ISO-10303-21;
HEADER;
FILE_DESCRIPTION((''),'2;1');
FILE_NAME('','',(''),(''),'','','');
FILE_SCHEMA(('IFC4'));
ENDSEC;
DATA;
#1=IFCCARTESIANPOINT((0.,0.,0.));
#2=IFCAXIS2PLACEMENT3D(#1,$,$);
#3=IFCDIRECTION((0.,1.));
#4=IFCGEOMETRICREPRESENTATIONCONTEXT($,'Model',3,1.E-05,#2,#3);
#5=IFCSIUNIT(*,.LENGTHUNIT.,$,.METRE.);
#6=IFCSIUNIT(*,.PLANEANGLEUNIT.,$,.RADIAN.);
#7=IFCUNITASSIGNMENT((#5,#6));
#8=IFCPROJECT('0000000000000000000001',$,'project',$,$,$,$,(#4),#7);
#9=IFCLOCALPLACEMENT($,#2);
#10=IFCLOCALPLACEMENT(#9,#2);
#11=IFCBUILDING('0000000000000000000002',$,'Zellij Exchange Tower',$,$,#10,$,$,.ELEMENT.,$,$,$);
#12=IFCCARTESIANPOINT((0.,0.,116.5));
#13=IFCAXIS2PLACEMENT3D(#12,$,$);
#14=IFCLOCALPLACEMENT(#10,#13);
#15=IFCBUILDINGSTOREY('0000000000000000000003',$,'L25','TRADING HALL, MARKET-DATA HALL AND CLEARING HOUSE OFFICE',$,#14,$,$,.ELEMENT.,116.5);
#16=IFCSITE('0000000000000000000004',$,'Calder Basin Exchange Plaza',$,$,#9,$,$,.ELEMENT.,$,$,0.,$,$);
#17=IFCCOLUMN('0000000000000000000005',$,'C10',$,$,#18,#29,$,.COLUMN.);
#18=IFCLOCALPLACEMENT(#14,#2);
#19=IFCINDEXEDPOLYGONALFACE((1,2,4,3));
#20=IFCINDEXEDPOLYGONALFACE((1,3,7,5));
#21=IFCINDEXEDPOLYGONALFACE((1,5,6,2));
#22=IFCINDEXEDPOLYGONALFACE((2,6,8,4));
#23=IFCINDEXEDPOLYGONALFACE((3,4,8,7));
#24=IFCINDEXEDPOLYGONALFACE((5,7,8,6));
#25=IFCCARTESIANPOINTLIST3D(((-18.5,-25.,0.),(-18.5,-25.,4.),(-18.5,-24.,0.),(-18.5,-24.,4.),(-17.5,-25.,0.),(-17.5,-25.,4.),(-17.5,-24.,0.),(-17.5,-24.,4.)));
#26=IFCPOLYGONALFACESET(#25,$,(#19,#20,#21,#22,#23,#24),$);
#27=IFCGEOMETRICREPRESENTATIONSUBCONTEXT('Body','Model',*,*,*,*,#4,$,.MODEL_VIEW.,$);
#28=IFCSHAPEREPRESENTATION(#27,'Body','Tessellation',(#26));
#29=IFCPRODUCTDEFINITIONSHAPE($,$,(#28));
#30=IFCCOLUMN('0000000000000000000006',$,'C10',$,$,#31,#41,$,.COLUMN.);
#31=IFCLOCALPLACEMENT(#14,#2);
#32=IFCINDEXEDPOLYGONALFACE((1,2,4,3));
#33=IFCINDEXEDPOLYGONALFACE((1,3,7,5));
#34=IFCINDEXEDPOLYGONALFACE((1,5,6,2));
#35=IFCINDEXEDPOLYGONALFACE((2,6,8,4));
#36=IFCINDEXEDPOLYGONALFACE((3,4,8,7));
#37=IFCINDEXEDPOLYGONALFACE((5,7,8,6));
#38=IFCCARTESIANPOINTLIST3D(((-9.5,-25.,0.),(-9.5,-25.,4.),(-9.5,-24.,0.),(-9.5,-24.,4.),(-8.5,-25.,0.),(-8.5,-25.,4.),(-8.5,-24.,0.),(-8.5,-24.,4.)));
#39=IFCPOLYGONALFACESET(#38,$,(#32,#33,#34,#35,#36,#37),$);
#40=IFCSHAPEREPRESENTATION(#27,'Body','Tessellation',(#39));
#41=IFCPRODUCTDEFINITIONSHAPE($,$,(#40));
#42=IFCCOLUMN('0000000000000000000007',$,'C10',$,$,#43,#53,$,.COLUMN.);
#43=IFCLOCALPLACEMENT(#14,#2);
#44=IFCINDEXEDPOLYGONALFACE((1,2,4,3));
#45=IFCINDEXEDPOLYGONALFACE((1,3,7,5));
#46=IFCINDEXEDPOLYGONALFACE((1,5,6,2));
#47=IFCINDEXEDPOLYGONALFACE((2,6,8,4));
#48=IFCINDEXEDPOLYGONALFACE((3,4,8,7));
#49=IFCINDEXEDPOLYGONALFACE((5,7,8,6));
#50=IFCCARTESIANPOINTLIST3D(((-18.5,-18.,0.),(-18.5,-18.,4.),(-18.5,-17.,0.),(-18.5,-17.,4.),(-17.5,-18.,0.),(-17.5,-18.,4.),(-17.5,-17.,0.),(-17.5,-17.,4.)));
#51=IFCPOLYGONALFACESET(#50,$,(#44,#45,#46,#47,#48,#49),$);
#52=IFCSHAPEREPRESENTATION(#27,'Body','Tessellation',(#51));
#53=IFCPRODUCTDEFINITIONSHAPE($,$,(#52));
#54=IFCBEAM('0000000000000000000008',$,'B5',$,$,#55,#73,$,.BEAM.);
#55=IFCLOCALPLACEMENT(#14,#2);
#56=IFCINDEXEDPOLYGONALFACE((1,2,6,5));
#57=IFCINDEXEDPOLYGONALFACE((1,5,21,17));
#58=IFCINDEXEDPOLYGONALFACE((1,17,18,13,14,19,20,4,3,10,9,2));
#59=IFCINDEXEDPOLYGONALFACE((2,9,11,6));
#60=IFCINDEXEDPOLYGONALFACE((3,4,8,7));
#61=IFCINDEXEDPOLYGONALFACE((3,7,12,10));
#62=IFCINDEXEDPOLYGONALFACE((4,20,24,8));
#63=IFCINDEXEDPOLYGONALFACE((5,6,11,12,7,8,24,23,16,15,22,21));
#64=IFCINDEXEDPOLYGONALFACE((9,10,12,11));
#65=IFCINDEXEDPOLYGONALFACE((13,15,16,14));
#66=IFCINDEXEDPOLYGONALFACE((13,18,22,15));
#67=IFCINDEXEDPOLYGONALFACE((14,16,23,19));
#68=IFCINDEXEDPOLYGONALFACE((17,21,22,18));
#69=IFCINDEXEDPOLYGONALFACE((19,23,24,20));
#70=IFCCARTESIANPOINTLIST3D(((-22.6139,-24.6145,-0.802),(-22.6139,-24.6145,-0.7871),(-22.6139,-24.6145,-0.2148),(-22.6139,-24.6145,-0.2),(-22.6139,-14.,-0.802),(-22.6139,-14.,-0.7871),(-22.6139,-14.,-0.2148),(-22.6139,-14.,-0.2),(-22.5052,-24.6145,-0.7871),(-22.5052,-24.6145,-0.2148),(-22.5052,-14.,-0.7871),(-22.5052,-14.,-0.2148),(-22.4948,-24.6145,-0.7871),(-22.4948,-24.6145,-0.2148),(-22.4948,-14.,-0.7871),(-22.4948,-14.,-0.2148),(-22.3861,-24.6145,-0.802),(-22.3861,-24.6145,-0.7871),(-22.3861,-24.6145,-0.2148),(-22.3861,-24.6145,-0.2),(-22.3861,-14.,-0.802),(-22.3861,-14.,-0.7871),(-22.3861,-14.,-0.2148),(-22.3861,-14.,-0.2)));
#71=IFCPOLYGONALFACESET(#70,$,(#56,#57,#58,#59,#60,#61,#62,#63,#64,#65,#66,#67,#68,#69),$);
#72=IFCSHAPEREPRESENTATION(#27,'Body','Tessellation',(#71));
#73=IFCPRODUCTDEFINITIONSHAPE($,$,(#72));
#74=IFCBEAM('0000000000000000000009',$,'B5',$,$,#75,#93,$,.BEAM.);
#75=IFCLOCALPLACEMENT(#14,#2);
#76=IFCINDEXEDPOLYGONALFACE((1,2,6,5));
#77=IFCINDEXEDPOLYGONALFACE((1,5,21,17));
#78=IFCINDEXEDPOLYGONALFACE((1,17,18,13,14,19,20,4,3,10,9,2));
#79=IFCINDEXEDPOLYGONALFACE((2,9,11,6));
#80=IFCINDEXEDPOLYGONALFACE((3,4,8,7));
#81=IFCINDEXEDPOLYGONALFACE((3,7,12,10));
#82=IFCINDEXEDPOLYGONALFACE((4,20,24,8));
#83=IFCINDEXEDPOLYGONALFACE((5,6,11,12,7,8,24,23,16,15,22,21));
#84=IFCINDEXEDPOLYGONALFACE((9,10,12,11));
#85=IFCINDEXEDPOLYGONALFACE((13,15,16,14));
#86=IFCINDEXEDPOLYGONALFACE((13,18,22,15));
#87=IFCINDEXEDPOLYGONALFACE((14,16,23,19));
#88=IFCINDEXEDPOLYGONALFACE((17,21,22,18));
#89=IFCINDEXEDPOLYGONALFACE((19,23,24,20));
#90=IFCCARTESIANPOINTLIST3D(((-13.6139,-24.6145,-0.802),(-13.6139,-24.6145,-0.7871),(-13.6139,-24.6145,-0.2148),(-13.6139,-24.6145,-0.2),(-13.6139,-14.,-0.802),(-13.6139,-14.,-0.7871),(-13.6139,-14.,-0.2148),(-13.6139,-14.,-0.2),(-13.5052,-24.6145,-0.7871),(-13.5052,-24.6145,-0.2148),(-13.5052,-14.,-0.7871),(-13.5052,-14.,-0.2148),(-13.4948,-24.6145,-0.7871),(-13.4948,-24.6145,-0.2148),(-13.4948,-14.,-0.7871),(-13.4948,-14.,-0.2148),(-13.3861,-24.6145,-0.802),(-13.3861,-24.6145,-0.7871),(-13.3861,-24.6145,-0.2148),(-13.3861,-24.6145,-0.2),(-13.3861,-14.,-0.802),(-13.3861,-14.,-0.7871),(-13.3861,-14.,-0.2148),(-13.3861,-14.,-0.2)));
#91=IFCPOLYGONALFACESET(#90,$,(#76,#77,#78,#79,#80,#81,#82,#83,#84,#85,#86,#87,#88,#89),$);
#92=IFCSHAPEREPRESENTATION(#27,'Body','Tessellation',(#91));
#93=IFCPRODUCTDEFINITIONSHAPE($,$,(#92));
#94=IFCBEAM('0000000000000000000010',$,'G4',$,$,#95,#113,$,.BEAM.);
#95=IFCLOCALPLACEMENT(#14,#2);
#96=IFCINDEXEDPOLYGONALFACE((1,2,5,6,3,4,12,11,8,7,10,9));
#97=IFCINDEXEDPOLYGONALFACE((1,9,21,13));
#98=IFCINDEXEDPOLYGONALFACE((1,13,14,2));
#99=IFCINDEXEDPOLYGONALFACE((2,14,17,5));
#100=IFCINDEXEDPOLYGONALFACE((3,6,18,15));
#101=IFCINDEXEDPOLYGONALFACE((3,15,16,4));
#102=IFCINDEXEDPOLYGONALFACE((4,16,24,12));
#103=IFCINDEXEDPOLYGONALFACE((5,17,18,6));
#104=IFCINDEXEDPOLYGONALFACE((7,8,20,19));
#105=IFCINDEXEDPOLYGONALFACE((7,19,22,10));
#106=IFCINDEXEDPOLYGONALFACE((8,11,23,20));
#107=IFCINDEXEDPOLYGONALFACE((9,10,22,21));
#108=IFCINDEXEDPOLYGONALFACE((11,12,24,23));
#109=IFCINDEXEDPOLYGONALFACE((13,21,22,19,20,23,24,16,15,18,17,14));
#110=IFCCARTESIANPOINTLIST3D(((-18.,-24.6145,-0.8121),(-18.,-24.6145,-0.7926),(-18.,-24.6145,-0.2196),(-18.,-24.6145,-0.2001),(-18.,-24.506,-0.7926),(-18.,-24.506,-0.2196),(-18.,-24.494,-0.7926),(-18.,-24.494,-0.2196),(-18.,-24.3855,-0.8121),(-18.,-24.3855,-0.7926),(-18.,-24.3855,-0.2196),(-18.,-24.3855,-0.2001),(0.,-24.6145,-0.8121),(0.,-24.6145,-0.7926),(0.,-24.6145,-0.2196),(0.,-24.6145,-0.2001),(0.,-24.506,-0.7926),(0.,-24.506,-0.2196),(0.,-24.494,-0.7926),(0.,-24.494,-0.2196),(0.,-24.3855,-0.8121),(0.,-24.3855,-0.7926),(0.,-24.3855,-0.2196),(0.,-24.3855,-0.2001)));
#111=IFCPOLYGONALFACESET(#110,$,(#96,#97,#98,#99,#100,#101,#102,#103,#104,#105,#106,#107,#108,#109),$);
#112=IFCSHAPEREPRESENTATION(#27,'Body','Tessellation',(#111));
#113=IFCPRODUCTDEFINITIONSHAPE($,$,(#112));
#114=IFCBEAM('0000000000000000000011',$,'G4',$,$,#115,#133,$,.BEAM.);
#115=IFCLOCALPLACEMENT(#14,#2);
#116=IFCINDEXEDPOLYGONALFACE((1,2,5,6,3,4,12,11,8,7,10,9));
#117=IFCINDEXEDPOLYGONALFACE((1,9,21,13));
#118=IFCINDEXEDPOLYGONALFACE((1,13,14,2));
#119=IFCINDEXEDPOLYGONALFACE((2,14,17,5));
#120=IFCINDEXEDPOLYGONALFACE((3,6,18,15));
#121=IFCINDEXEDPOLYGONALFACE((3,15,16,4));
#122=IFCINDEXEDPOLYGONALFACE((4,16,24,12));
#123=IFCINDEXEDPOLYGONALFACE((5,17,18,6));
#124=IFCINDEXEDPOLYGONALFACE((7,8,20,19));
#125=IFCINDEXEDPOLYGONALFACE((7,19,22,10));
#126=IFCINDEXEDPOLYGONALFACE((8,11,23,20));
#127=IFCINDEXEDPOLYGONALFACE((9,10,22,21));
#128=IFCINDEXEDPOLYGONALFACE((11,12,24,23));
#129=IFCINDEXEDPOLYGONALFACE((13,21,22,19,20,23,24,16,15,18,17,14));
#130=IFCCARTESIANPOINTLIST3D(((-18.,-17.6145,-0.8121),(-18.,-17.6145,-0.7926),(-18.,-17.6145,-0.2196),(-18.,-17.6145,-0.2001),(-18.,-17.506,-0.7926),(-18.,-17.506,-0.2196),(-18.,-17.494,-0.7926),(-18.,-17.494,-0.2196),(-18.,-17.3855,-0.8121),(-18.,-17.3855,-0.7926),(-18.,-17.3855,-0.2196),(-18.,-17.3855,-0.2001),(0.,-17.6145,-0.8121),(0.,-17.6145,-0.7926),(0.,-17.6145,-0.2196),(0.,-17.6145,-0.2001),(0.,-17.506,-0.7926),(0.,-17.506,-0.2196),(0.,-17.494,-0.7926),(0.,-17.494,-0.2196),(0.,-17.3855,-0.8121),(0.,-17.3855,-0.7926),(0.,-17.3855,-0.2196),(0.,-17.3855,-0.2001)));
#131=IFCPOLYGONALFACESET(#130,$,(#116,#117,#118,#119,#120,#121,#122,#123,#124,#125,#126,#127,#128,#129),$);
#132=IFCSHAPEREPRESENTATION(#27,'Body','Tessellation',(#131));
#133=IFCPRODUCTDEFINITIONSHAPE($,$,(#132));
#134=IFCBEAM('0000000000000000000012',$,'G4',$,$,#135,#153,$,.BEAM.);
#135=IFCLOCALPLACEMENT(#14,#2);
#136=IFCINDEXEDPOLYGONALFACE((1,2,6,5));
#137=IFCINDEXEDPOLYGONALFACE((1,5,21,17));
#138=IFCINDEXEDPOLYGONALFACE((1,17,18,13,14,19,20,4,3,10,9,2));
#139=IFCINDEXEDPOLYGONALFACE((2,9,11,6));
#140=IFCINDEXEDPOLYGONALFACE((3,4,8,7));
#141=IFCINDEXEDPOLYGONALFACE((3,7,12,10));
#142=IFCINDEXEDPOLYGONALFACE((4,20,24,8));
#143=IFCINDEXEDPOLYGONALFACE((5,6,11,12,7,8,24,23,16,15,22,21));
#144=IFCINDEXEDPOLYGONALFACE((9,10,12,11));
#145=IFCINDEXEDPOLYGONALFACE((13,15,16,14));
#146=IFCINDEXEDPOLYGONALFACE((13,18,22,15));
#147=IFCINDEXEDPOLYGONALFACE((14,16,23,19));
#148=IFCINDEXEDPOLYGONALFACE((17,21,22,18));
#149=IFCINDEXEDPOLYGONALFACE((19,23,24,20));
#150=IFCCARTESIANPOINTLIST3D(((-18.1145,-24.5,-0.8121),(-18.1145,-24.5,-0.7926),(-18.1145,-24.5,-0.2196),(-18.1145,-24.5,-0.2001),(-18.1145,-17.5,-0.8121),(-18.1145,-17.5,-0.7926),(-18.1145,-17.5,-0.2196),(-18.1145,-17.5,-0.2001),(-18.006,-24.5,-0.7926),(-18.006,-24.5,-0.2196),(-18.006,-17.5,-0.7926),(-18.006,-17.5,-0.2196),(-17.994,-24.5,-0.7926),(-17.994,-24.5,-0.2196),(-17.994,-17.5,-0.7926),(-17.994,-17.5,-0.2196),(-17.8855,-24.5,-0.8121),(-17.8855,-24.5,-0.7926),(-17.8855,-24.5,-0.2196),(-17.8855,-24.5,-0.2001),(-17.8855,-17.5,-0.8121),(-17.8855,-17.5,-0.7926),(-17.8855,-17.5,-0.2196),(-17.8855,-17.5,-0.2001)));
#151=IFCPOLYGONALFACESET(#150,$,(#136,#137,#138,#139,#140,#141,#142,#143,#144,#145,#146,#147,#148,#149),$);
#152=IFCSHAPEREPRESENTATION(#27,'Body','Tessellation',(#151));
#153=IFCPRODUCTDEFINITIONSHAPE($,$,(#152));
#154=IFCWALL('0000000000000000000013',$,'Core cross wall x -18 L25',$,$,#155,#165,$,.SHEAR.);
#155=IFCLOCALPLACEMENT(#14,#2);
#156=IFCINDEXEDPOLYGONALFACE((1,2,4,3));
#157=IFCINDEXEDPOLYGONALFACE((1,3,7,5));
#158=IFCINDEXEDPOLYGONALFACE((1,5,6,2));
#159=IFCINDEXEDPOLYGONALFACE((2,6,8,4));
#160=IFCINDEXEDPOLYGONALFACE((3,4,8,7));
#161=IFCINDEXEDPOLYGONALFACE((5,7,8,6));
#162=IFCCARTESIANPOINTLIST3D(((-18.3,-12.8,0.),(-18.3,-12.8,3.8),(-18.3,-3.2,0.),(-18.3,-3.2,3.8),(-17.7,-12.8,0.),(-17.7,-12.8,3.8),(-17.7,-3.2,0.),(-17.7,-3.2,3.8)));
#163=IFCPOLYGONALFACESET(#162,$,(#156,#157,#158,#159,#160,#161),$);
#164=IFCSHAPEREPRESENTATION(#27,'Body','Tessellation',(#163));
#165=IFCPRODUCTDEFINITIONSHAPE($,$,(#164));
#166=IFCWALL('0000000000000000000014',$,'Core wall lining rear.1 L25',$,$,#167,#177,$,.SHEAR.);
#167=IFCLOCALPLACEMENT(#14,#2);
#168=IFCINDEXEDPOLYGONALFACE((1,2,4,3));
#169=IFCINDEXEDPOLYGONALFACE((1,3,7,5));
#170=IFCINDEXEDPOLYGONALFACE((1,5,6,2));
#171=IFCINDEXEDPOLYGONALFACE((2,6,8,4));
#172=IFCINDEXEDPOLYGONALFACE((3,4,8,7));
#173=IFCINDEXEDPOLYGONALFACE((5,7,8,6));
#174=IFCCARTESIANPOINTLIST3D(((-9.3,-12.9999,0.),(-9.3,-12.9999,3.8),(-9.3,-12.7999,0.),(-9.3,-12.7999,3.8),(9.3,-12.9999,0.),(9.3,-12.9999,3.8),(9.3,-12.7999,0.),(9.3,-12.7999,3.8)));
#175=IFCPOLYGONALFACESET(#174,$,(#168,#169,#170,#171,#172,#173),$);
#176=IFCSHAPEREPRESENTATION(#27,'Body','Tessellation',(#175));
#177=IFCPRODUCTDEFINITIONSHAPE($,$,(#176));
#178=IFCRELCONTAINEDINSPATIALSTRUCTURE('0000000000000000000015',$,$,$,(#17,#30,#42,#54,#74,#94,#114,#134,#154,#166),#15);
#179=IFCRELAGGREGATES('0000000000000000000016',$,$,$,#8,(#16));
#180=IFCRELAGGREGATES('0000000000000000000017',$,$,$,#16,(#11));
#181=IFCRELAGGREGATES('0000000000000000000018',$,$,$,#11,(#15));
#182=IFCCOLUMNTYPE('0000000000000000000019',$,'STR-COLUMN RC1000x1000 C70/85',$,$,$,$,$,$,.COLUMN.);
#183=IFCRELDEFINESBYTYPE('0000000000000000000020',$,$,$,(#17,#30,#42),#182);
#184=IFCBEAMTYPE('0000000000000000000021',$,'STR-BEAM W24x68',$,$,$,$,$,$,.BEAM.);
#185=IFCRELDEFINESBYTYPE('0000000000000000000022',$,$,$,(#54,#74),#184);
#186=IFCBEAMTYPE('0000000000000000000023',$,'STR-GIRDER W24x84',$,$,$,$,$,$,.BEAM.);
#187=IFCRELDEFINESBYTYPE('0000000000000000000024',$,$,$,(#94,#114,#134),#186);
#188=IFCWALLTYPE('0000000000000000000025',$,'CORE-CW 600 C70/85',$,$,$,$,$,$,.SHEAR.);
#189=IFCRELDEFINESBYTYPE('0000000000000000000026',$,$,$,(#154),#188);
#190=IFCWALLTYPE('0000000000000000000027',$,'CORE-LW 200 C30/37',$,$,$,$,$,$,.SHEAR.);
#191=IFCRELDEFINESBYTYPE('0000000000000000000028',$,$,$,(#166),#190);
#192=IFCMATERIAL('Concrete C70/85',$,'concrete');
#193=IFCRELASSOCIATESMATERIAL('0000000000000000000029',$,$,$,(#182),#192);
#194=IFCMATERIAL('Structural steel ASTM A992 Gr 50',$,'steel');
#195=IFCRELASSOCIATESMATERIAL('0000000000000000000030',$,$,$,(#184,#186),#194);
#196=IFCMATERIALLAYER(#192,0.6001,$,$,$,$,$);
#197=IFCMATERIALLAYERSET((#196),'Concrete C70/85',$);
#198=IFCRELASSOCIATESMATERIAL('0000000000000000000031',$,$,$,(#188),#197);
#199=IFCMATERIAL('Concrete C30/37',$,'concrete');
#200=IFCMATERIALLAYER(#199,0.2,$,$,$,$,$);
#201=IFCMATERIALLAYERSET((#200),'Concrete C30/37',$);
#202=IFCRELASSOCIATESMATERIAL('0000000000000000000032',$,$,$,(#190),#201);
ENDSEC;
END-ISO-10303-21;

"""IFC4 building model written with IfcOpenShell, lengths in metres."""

from ifc_helpers import new_model, si_unit, direction, frame, frame_2d, origin, origin_2d, place, context, subcontext, project, spatial, rectangle, i_section, extrude, material, layer, layer_set, material_profile, profile_set, type_object, element, save


model = new_model("IFC4")

# Units and contexts
model_context = context("Model", 3, precision=1e-05, world=origin(), true_north=direction((0.0, 1.0)))
body_context = subcontext(model_context, "Body", "Model", "MODEL_VIEW")
ifc_project = project(units=[si_unit("LENGTHUNIT", "METRE"), si_unit("PLANEANGLEUNIT", "RADIAN")], contexts=[model_context])

# Site, building, storey
site_placement = place(None, origin())
site = spatial("IfcSite", under=ifc_project, at=site_placement, Name="Calder Basin Exchange Plaza", CompositionType="ELEMENT", RefElevation=0.0)
building_placement = place(site_placement, origin())
building = spatial("IfcBuilding", under=site, at=building_placement, Name="Zellij Exchange Tower", CompositionType="ELEMENT")
storey_placement = place(building_placement, frame((0.0, 0.0, 116.5)))
storey = spatial("IfcBuildingStorey", under=building, at=storey_placement, Name="L25", Description="TRADING HALL, MARKET-DATA HALL AND CLEARING HOUSE OFFICE", CompositionType="ELEMENT", Elevation=116.5)

# Columns
ifc_material_1 = material(Name="Concrete C70/85", Category="concrete")
ifc_material_profile_1 = material_profile(ifc_material_1, rectangle(XDim=1.0, YDim=1.0, at=origin_2d()), Name="STR-COLUMN RC1000x1000 C70/85")
ifc_profile_set_1 = profile_set([ifc_material_profile_1], Name="Concrete C70/85")
column_type = type_object("IfcColumnType", Name="STR-COLUMN RC1000x1000 C70/85", PredefinedType="COLUMN", material=ifc_profile_set_1)
for number, where, z_axis, x_axis, name in (
    (1, (-18.0, -24.5, 0.0), (0.0, 0.0, 1.0), (1.0, 0.0, 0.0), "C10"),
    (2, (-9.0, -24.5, 0.0), (0.0, 0.0, 1.0), (1.0, 0.0, 0.0), "C10"),
    (3, (-18.0, -17.5, 0.0), (0.0, 0.0, 1.0), (1.0, 0.0, 0.0), "C10"),
):
    element("IfcColumn", number, at=place(storey_placement, frame(where, z_axis=z_axis, x_axis=x_axis)), inside=storey, type_object=column_type, Name=name, PredefinedType="COLUMN", context=body_context, shape_type="SweptSolid", body=[
        extrude(rectangle(XDim=1.0, YDim=1.0, at=origin_2d()), origin(), (0.0, 0.0, 1.0), 4.0),
    ])

# Beams
ifc_material_2 = material(Name="Structural steel ASTM A992 Gr 50", Category="steel")
ifc_material_profile_2 = material_profile(ifc_material_2, i_section(OverallWidth=0.2278, OverallDepth=0.6021, WebThickness=0.0105, FlangeThickness=0.0149, at=origin_2d()), Name="W24x68")
ifc_profile_set_2 = profile_set([ifc_material_profile_2], Name="Structural steel ASTM A992 Gr 50")
beam_type_1 = type_object("IfcBeamType", Name="STR-BEAM W24x68", PredefinedType="BEAM", material=ifc_profile_set_2)
for number, where, z_axis, x_axis, name in (
    (4, (-22.5, -24.6145, -0.501), (0.0, 1.0, 0.0), (-1.0, 0.0, 0.0), "B5"),
    (5, (-13.5, -24.6145, -0.501), (0.0, 1.0, 0.0), (-1.0, 0.0, 0.0), "B5"),
):
    element("IfcBeam", number, at=place(storey_placement, frame(where, z_axis=z_axis, x_axis=x_axis)), inside=storey, type_object=beam_type_1, Name=name, PredefinedType="BEAM", context=body_context, shape_type="SweptSolid", body=[
        extrude(i_section(OverallWidth=0.2278, OverallDepth=0.6021, WebThickness=0.0105, FlangeThickness=0.0149, at=origin_2d()), origin(), (0.0, 0.0, 1.0), 10.6145),
    ])
ifc_material_profile_3 = material_profile(ifc_material_2, i_section(OverallWidth=0.229, OverallDepth=0.6121, WebThickness=0.012, FlangeThickness=0.0195, at=origin_2d()), Name="W24x84")
ifc_profile_set_3 = profile_set([ifc_material_profile_3], Name="Structural steel ASTM A992 Gr 50")
beam_type_2 = type_object("IfcBeamType", Name="STR-GIRDER W24x84", PredefinedType="BEAM", material=ifc_profile_set_3)
for number, where, z_axis, x_axis, name in (
    (6, (-18.0, -24.5, -0.5061), (1.0, 0.0, 0.0), (0.0, 1.0, 0.0), "G4"),
    (7, (-18.0, -17.5, -0.5061), (1.0, 0.0, 0.0), (0.0, 1.0, 0.0), "G4"),
):
    element("IfcBeam", number, at=place(storey_placement, frame(where, z_axis=z_axis, x_axis=x_axis)), inside=storey, type_object=beam_type_2, Name=name, PredefinedType="BEAM", context=body_context, shape_type="SweptSolid", body=[
        extrude(i_section(OverallWidth=0.229, OverallDepth=0.6121, WebThickness=0.012, FlangeThickness=0.0195, at=origin_2d()), origin(), (0.0, 0.0, 1.0), 18.0),
    ])
beam_placement = place(storey_placement, frame((-18.0, -24.5, -0.5061), z_axis=(0.0, 1.0, 0.0), x_axis=(-1.0, 0.0, 0.0)))
element("IfcBeam", 8, at=beam_placement, inside=storey, type_object=beam_type_2, Name="G4", PredefinedType="BEAM", context=body_context, shape_type="SweptSolid", body=[
    extrude(i_section(OverallWidth=0.229, OverallDepth=0.6121, WebThickness=0.012, FlangeThickness=0.0195, at=origin_2d()), origin(), (0.0, 0.0, 1.0), 7.0),
])

# Walls
ifc_layer_1 = layer(ifc_material_1, 0.6001)
ifc_layer_set_1 = layer_set([ifc_layer_1], Name="Concrete C70/85")
wall_type_1 = type_object("IfcWallType", Name="CORE-CW 600 C70/85", PredefinedType="SHEAR", material=ifc_layer_set_1)
wall_1_placement = place(storey_placement, frame((-18.0, -12.8, 0.0), z_axis=(0.0, 0.0, 1.0), x_axis=(0.0, 1.0, 0.0)))
element("IfcWall", 9, at=wall_1_placement, inside=storey, type_object=wall_type_1, Name="Core cross wall x -18 L25", PredefinedType="SHEAR", context=body_context, shape_type="SweptSolid", body=[
    extrude(rectangle(XDim=9.6001, YDim=0.6001, at=frame_2d((4.8, 0.0))), origin(), (0.0, 0.0, 1.0), 3.8),
])
ifc_material_3 = material(Name="Concrete C30/37", Category="concrete")
ifc_layer_2 = layer(ifc_material_3, 0.2)
ifc_layer_set_2 = layer_set([ifc_layer_2], Name="Concrete C30/37")
wall_type_2 = type_object("IfcWallType", Name="CORE-LW 200 C30/37", PredefinedType="SHEAR", material=ifc_layer_set_2)
wall_2_placement = place(storey_placement, frame((-9.3, -12.8999, 0.0), z_axis=(0.0, 0.0, 1.0), x_axis=(1.0, 0.0, 0.0)))
element("IfcWall", 10, at=wall_2_placement, inside=storey, type_object=wall_type_2, Name="Core wall lining rear.1 L25", PredefinedType="SHEAR", context=body_context, shape_type="SweptSolid", body=[
    extrude(rectangle(XDim=18.6001, YDim=0.2, at=frame_2d((9.3, 0.0))), origin(), (0.0, 0.0, 1.0), 3.8),
])

save(model, "model.ifc")
